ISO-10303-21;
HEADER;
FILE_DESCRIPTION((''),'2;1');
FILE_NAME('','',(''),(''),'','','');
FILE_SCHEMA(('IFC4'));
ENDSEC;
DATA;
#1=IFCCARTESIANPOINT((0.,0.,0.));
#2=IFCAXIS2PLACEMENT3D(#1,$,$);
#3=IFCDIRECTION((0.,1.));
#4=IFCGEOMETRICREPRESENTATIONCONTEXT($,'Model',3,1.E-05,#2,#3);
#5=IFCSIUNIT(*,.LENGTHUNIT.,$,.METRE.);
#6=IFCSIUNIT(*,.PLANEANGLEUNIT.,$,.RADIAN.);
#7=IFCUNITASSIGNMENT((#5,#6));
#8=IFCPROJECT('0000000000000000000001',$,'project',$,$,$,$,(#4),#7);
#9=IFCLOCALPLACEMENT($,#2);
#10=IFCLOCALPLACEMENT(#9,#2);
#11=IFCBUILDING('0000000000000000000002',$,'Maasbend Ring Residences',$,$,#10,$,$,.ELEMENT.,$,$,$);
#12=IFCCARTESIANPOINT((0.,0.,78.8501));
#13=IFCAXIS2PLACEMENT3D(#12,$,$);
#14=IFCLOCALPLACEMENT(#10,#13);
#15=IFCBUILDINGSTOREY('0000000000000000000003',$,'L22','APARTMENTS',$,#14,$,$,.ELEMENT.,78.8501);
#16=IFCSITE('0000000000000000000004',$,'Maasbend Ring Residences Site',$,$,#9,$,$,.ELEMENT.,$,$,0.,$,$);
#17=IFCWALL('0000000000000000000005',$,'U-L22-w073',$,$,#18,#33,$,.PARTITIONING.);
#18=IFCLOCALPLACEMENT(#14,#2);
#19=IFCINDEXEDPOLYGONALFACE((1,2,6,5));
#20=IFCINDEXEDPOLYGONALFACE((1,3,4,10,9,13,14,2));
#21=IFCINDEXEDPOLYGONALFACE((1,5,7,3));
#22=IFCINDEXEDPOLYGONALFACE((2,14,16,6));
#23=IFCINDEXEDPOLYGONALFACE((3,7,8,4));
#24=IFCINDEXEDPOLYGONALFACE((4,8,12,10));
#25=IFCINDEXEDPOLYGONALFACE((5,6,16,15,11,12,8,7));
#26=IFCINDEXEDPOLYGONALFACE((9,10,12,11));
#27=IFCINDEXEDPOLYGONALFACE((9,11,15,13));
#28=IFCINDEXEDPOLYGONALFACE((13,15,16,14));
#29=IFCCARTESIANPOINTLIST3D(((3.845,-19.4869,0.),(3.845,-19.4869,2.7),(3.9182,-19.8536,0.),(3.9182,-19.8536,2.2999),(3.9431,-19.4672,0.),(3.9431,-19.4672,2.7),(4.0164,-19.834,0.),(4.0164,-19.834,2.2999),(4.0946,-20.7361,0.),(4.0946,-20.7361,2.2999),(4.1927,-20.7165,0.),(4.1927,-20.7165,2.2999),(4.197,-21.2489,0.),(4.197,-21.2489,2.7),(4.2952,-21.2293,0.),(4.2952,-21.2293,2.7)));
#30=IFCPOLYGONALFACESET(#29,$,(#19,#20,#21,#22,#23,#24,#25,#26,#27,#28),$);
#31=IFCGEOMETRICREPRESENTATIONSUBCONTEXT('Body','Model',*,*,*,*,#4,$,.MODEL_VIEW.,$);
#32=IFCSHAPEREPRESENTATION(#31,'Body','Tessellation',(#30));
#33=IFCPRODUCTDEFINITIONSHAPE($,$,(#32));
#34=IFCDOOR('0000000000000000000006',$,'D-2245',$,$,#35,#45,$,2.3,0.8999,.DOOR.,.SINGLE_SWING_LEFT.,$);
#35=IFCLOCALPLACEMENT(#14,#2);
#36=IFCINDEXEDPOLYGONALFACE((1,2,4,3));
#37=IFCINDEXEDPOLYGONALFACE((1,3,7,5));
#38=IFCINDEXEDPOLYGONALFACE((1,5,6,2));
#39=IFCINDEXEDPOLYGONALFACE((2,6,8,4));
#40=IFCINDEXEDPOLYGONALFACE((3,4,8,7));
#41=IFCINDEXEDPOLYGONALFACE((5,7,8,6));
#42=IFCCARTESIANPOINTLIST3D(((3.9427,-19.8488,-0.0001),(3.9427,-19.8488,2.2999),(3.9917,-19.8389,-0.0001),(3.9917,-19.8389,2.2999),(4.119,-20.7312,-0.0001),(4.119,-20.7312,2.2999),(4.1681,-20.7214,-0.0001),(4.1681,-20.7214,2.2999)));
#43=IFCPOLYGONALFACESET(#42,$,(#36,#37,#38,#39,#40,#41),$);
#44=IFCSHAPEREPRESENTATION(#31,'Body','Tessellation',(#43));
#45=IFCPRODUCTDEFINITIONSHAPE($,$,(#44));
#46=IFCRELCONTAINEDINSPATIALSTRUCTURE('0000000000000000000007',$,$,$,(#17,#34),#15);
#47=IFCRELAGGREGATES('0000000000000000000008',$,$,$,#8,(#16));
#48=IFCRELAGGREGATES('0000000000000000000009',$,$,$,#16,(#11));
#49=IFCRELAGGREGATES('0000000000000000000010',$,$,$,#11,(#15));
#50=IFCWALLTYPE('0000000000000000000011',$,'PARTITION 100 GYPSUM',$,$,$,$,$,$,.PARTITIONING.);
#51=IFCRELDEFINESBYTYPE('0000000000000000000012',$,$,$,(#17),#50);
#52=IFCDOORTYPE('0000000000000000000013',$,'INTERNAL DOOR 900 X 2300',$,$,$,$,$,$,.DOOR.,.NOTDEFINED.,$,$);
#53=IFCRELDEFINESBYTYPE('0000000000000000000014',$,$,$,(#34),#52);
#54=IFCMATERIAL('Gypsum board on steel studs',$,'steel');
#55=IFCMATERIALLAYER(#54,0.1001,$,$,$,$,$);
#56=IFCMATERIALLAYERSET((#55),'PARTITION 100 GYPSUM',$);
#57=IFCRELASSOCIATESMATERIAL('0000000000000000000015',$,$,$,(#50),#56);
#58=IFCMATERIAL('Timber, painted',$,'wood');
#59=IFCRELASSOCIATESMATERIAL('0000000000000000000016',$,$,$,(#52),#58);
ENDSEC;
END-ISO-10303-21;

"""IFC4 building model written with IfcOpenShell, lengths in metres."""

from ifc_helpers import new_model, si_unit, direction, frame, frame_2d, origin, place, context, subcontext, project, spatial, rectangle, extrude, material, layer, layer_set, type_object, element, fill, save


model = new_model("IFC4")

# Units and contexts
model_context = context("Model", 3, precision=1e-05, world=origin(), true_north=direction((0.0, 1.0)))
body_context = subcontext(model_context, "Body", "Model", "MODEL_VIEW")
ifc_project = project(units=[si_unit("LENGTHUNIT", "METRE"), si_unit("PLANEANGLEUNIT", "RADIAN")], contexts=[model_context])

# Site, building, storey
site_placement = place(None, origin())
site = spatial("IfcSite", under=ifc_project, at=site_placement, Name="Maasbend Ring Residences Site", CompositionType="ELEMENT", RefElevation=0.0)
building_placement = place(site_placement, origin())
building = spatial("IfcBuilding", under=site, at=building_placement, Name="Maasbend Ring Residences", CompositionType="ELEMENT")
storey_placement = place(building_placement, frame((0.0, 0.0, 78.8501)))
storey = spatial("IfcBuildingStorey", under=building, at=storey_placement, Name="L22", Description="APARTMENTS", CompositionType="ELEMENT", Elevation=78.8501)

# Shared definitions
ifc_material_1 = material(Name="Gypsum board on steel studs", Category="steel")
ifc_layer_1 = layer(ifc_material_1, 0.1001)
ifc_layer_set_1 = layer_set([ifc_layer_1], Name="PARTITION 100 GYPSUM")
wall_type_1 = type_object("IfcWallType", Name="PARTITION 100 GYPSUM", PredefinedType="PARTITIONING", material=ifc_layer_set_1)

# Wall, opening, door
ifc_material_2 = material(Name="Timber, painted", Category="wood")
door_type_1 = type_object("IfcDoorType", Name="INTERNAL DOOR 900 X 2300", OperationType="NOTDEFINED", PredefinedType="DOOR", material=ifc_material_2)
wall_1_placement = place(storey_placement, frame((3.894, -19.4771, 0.0), z_axis=(0.0, 0.0, 1.0), x_axis=(0.195933, -0.980617, 0.0)))
wall_1 = element("IfcWall", 1, at=wall_1_placement, inside=storey, type_object=wall_type_1, Name="U-L22-w073", PredefinedType="PARTITIONING", context=body_context, shape_type="SweptSolid", body=[
    extrude(rectangle(XDim=1.7969, YDim=0.1001, at=frame_2d((0.8984, 0.0))), origin(), (0.0, 0.0, 1.0), 2.7),
])
opening_1_placement = place(wall_1_placement, frame((0.374, 0.0, 0.0)))
opening_1 = element("IfcOpeningElement", 2, at=opening_1_placement, cuts=wall_1, PredefinedType="OPENING", context=body_context, shape_type="SweptSolid", body=[
    extrude(rectangle(XDim=0.8999, YDim=2.3, at=frame_2d((0.45, 1.1499))), frame((0.0, 0.0601, 0.0), z_axis=(0.0, -1.0, 0.0), x_axis=(1.0, 0.0, 0.0)), (0.0, 0.0, 1.0), 0.1201),
])
door_1_placement = place(opening_1_placement, origin())
door_1 = element("IfcDoor", 3, at=door_1_placement, inside=storey, type_object=door_type_1, Name="D-2245", OperationType="SINGLE_SWING_LEFT", OverallHeight=2.3, OverallWidth=0.8999, PredefinedType="DOOR", context=body_context, shape_type="SweptSolid", body=[
    extrude(rectangle(XDim=0.8999, YDim=2.3, at=frame_2d((0.45, 1.1499))), frame((0.0, 0.0249, 0.0), z_axis=(0.0, -1.0, 0.0), x_axis=(1.0, 0.0, 0.0)), (0.0, 0.0, 1.0), 0.05),
])
fill(opening_1, door_1)

save(model, "model.ifc")
